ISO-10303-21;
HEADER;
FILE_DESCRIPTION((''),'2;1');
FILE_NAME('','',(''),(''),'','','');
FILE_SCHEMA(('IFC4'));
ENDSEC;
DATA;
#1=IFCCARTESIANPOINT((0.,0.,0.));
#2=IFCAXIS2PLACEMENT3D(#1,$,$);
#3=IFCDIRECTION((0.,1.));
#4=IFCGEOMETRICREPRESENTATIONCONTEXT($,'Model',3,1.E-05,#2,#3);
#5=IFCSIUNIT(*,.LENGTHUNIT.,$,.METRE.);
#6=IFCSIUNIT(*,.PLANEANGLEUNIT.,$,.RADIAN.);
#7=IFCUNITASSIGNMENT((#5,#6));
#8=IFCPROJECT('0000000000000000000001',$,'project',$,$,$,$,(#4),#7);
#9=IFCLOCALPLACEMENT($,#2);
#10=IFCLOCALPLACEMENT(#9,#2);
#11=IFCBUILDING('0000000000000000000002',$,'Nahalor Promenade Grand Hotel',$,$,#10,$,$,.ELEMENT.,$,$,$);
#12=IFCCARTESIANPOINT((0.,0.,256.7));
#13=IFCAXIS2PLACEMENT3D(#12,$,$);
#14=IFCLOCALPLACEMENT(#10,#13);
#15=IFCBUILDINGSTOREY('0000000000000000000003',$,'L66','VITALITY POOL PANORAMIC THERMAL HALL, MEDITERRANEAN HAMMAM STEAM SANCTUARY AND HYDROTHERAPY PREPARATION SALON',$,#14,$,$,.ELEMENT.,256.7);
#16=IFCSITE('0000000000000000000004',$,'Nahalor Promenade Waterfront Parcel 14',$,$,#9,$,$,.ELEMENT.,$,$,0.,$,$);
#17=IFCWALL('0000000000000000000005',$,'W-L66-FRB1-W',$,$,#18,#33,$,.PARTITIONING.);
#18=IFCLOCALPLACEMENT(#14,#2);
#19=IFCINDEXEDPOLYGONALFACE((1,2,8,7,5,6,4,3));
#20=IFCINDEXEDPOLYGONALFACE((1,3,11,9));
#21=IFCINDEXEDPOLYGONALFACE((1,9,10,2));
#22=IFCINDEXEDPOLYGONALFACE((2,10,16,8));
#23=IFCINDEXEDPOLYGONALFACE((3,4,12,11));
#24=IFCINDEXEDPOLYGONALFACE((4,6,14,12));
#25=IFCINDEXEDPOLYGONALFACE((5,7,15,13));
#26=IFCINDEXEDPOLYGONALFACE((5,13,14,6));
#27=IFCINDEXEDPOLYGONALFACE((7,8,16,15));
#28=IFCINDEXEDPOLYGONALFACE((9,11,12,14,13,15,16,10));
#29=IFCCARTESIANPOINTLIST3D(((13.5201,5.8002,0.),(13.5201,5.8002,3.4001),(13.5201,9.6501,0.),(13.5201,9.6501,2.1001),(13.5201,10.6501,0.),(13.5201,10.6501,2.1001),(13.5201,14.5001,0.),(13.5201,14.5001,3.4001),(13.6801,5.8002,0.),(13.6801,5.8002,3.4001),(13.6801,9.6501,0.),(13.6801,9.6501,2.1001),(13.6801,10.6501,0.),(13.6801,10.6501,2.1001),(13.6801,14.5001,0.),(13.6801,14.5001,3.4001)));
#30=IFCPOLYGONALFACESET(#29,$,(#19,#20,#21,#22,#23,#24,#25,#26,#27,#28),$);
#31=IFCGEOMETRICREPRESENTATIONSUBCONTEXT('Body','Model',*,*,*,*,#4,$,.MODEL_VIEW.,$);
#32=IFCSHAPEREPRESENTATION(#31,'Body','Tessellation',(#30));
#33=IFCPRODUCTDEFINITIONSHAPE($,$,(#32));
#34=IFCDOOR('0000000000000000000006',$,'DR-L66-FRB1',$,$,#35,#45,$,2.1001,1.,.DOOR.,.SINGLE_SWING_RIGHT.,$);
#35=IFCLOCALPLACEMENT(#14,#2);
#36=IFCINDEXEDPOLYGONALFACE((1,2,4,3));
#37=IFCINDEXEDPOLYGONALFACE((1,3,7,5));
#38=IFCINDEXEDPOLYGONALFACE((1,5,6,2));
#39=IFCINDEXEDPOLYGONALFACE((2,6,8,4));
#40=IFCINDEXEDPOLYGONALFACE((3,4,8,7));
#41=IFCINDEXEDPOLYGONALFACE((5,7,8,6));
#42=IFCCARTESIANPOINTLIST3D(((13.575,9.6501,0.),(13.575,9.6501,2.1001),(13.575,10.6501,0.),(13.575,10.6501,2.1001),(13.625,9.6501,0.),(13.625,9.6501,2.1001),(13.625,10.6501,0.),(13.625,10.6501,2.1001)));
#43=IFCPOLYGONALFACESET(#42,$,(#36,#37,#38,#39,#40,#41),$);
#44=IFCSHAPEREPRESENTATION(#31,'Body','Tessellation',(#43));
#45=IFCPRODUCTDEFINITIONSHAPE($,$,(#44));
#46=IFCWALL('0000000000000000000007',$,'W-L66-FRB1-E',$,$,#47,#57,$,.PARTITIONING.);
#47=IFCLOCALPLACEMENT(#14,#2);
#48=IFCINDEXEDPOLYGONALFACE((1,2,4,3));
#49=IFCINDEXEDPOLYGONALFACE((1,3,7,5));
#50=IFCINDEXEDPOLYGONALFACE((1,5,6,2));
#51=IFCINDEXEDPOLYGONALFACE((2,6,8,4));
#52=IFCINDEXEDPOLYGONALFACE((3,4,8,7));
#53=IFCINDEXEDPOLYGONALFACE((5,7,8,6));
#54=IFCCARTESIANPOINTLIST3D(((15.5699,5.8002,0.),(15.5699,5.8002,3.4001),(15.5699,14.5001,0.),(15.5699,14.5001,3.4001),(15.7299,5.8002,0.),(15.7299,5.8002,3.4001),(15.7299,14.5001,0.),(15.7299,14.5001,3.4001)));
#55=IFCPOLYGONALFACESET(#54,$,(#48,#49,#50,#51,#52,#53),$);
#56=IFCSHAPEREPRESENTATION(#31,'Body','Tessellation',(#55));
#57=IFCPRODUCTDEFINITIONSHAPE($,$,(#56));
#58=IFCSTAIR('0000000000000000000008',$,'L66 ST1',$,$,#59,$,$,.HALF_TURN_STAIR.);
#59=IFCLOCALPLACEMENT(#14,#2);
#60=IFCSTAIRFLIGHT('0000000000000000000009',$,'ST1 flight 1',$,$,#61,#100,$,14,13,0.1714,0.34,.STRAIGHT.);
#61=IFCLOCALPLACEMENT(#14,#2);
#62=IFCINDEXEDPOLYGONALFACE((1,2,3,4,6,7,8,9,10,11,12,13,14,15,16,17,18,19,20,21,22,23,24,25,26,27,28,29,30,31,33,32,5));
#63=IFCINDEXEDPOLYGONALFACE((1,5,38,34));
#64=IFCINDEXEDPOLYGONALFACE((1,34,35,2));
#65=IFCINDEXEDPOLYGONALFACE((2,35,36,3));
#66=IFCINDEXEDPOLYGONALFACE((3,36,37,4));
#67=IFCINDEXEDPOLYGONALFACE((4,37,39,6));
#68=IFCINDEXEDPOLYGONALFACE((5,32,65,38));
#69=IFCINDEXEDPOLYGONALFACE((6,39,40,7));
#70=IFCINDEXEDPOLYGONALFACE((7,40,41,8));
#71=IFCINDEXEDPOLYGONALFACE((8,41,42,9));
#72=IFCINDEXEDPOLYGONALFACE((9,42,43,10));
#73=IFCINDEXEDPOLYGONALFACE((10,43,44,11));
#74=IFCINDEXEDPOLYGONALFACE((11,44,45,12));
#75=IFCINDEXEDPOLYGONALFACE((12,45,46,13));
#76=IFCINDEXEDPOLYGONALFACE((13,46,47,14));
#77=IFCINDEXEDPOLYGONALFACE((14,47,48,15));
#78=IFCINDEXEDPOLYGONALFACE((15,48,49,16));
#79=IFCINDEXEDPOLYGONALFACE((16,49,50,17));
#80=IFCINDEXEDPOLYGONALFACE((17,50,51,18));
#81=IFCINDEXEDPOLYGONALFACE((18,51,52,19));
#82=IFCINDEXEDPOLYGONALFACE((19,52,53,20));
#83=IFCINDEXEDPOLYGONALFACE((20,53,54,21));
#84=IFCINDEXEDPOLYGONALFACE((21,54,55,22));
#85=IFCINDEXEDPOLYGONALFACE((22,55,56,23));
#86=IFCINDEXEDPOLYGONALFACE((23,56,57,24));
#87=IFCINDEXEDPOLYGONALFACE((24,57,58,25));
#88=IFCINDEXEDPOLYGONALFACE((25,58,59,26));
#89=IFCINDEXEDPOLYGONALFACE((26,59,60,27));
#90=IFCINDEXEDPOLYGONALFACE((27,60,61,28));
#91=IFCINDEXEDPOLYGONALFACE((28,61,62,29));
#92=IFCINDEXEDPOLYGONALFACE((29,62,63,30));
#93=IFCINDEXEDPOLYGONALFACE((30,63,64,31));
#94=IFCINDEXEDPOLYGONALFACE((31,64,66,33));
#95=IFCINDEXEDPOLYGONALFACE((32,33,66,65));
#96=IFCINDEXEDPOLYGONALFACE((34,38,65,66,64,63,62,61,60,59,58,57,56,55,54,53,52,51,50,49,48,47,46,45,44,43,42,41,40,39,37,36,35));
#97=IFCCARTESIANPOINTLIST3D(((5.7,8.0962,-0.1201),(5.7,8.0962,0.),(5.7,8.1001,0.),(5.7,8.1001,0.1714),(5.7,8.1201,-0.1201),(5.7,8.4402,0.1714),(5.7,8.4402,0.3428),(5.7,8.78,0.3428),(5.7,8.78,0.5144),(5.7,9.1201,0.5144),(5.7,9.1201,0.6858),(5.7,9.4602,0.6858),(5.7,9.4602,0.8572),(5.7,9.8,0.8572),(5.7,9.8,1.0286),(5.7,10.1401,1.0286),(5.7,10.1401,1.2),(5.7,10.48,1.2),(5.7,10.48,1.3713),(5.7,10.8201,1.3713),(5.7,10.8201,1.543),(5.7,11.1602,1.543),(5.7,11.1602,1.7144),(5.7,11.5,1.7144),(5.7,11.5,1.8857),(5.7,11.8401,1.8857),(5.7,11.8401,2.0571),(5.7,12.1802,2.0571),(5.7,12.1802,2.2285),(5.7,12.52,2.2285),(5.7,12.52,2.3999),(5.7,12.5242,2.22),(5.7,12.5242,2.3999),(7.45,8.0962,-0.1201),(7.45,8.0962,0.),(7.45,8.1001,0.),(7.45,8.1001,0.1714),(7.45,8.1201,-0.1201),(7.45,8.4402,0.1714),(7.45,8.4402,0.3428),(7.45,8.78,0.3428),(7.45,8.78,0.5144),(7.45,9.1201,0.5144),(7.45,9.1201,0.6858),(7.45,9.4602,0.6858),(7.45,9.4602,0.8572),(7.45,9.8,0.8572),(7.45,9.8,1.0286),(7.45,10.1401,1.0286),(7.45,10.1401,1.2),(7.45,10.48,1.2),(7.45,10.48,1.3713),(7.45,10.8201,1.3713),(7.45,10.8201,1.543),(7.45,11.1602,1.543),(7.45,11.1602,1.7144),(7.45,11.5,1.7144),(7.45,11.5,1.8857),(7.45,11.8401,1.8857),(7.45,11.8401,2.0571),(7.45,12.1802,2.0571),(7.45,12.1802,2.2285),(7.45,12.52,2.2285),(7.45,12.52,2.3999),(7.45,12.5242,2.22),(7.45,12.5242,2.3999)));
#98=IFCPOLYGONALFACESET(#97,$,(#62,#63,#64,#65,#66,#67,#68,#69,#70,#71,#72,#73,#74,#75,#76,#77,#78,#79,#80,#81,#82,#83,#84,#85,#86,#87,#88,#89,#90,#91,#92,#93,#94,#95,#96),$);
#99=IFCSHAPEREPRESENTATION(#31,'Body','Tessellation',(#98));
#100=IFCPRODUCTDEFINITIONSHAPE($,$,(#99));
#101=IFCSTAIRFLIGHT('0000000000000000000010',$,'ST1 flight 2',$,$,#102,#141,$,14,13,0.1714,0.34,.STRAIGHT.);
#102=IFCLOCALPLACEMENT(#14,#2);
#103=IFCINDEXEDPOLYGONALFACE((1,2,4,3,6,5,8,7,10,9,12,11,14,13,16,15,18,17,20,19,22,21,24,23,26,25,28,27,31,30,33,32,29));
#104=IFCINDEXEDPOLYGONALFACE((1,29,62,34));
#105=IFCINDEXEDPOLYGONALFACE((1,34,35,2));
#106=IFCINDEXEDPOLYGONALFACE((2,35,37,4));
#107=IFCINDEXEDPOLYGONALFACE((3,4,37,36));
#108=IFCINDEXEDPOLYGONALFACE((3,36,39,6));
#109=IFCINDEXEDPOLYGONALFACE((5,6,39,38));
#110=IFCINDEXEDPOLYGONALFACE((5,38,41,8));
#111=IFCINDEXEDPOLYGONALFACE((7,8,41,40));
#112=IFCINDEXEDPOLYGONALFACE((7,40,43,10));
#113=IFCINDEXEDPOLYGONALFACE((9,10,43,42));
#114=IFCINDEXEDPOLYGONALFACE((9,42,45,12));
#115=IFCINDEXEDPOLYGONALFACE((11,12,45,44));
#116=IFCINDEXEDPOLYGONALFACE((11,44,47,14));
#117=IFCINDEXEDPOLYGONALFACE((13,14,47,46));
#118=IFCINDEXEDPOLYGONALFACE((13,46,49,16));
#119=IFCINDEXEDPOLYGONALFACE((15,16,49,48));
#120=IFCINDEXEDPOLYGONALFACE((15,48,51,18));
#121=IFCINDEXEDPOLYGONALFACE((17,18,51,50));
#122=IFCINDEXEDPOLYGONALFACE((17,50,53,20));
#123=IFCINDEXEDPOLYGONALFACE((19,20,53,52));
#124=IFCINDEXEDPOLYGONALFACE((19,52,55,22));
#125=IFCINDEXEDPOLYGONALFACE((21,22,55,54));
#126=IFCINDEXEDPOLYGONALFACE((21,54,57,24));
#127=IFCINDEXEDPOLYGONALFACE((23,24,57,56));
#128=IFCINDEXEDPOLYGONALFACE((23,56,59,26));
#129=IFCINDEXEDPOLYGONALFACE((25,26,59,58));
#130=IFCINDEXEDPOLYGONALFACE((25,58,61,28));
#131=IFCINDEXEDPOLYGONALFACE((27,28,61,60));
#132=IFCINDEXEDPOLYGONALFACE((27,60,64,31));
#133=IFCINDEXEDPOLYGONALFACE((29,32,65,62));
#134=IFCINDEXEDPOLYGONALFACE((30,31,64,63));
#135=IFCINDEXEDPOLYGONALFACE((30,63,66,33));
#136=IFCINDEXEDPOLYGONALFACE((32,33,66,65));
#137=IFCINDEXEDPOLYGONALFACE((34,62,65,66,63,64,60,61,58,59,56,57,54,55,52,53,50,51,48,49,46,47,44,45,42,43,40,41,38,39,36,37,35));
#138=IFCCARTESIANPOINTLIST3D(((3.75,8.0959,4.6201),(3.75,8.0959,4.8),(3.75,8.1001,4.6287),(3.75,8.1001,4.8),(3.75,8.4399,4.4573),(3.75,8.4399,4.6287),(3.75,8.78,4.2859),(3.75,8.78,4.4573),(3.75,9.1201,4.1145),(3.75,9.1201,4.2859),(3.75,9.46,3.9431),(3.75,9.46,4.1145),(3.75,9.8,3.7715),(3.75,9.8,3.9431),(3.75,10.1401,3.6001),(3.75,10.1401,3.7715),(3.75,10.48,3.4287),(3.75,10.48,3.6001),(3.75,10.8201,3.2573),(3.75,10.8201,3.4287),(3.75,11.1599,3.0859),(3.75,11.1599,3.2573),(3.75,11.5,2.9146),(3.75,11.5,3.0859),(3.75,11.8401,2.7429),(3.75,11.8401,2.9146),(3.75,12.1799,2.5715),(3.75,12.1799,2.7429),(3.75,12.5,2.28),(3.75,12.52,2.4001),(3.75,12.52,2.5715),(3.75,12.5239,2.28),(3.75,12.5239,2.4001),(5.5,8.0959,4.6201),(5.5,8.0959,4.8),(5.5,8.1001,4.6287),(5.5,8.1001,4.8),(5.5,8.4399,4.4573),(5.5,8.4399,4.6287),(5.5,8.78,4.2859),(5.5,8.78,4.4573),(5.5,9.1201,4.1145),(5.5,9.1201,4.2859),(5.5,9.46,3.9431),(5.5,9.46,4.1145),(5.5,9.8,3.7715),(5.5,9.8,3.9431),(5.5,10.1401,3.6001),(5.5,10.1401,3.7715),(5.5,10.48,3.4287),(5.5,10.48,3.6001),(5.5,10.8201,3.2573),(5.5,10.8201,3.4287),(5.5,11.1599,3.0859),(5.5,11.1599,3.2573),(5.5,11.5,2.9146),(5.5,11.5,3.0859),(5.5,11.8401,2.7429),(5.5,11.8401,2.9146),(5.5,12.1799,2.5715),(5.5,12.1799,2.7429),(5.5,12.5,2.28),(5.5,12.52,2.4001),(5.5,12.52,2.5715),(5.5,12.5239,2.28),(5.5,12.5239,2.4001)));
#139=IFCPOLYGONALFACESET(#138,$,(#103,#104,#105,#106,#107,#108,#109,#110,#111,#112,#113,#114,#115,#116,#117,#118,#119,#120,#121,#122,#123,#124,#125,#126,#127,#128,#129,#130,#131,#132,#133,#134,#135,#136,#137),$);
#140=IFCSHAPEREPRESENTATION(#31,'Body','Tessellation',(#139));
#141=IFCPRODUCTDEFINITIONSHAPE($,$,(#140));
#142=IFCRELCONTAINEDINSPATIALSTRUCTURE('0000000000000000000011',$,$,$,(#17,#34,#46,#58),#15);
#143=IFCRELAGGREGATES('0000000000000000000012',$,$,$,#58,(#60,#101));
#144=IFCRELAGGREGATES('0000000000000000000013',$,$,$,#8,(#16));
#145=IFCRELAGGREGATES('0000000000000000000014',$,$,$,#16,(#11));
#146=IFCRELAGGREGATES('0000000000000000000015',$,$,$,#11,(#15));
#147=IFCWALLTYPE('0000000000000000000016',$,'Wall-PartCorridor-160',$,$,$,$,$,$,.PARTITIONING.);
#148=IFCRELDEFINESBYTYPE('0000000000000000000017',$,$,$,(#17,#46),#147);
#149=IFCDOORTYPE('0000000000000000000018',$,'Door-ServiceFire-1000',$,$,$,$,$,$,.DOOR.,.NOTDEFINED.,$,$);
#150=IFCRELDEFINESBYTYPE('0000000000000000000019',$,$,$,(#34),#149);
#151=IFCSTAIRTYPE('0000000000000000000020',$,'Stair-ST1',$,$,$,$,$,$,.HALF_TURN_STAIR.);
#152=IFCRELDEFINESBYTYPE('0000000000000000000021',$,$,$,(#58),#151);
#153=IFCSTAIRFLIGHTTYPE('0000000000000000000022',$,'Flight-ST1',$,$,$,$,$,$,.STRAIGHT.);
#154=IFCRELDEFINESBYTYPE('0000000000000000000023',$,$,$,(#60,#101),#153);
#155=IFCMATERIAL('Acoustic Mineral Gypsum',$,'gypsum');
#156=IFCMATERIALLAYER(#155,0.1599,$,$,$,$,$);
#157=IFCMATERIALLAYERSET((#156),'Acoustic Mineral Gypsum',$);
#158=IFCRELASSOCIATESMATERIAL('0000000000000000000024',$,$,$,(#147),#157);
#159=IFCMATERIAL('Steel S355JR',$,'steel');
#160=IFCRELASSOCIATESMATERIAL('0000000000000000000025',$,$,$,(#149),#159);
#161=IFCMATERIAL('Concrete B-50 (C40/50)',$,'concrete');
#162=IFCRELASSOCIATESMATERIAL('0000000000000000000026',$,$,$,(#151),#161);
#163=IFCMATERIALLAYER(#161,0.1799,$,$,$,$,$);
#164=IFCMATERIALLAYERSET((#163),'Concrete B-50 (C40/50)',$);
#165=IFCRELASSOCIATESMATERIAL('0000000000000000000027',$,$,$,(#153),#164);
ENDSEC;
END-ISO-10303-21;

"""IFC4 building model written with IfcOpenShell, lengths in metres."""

from ifc_helpers import new_model, si_unit, direction, frame, frame_2d, origin, place, context, subcontext, project, spatial, polyline, rectangle, outline, extrude, source, transform, mapped, material, layer, layer_set, type_object, element, fill, aggregate, save


model = new_model("IFC4")

# Units and contexts
model_context = context("Model", 3, precision=1e-05, world=origin(), true_north=direction((0.0, 1.0)))
body_context = subcontext(model_context, "Body", "Model", "MODEL_VIEW")
ifc_project = project(units=[si_unit("LENGTHUNIT", "METRE"), si_unit("PLANEANGLEUNIT", "RADIAN")], contexts=[model_context])

# Site, building, storey
site_placement = place(None, origin())
site = spatial("IfcSite", under=ifc_project, at=site_placement, Name="Nahalor Promenade Waterfront Parcel 14", CompositionType="ELEMENT", RefElevation=0.0)
building_placement = place(site_placement, origin())
building = spatial("IfcBuilding", under=site, at=building_placement, Name="Nahalor Promenade Grand Hotel", CompositionType="ELEMENT")
storey_placement = place(building_placement, frame((0.0, 0.0, 256.7)))
storey = spatial("IfcBuildingStorey", under=building, at=storey_placement, Name="L66", Description="VITALITY POOL PANORAMIC THERMAL HALL, MEDITERRANEAN HAMMAM STEAM SANCTUARY AND HYDROTHERAPY PREPARATION SALON", CompositionType="ELEMENT", Elevation=256.7)

# Shared definitions
ifc_material_1 = material(Name="Steel S355JR", Category="steel")

# Shared definitions
ifc_material_2 = material(Name="Concrete B-50 (C40/50)", Category="concrete")

# Shared definitions
ifc_material_3 = material(Name="Acoustic Mineral Gypsum", Category="gypsum")
ifc_layer_1 = layer(ifc_material_3, 0.1599)
ifc_layer_set_1 = layer_set([ifc_layer_1], Name="Acoustic Mineral Gypsum")
wall_type_1 = type_object("IfcWallType", Name="Wall-PartCorridor-160", PredefinedType="PARTITIONING", material=ifc_layer_set_1)

# Wall, opening, door
shared_shape_1 = source(origin(), body_context, "Body", "SweptSolid", [
    extrude(rectangle(XDim=8.7, YDim=0.1599, at=frame_2d((4.3501, 0.0))), origin(), (0.0, 0.0, 1.0), 3.4001),
])
wall_1_placement = place(storey_placement, frame((13.6001, 5.8, 0.0), z_axis=(0.0, 0.0, 1.0), x_axis=(0.0, 1.0, 0.0)))
wall_1 = element("IfcWall", 1, at=wall_1_placement, inside=storey, type_object=wall_type_1, Name="W-L66-FRB1-W", PredefinedType="PARTITIONING", context=body_context, shape_type="MappedRepresentation", body=[
    mapped(shared_shape_1, transform((0.0, 0.0, 0.0), scale=1.0)),
])
opening_1_placement = place(wall_1_placement, frame((3.8501, 0.0, 0.0)))
opening_1 = element("IfcOpeningElement", 2, at=opening_1_placement, cuts=wall_1, PredefinedType="OPENING", context=body_context, shape_type="SweptSolid", body=[
    extrude(rectangle(XDim=1.0, YDim=2.1001, at=frame_2d((0.5, 1.05))), frame((0.0, 0.0898, 0.0), z_axis=(0.0, -1.0, 0.0), x_axis=(1.0, 0.0, 0.0)), (0.0, 0.0, 1.0), 0.1799),
])
door_type_1 = type_object("IfcDoorType", Name="Door-ServiceFire-1000", OperationType="NOTDEFINED", PredefinedType="DOOR", material=ifc_material_1)
shared_shape_2 = source(origin(), body_context, "Body", "SweptSolid", [
    extrude(rectangle(XDim=1.0, YDim=2.1001, at=frame_2d((0.5, 1.05))), frame((0.0, 0.0249, 0.0), z_axis=(0.0, -1.0, 0.0), x_axis=(1.0, 0.0, 0.0)), (0.0, 0.0, 1.0), 0.05),
])
door_1_placement = place(opening_1_placement, frame((1.0, 0.0, 0.0), z_axis=(0.0, 0.0, 1.0), x_axis=(-1.0, 0.0, 0.0)))
door_1 = element("IfcDoor", 3, at=door_1_placement, inside=storey, type_object=door_type_1, Name="DR-L66-FRB1", OperationType="SINGLE_SWING_RIGHT", OverallHeight=2.1001, OverallWidth=1.0, PredefinedType="DOOR", context=body_context, shape_type="MappedRepresentation", body=[
    mapped(shared_shape_2, transform((0.0, 0.0, 0.0), scale=1.0)),
])
fill(opening_1, door_1)

# Wall
wall_2_placement = place(storey_placement, frame((15.6499, 5.8, 0.0), z_axis=(0.0, 0.0, 1.0), x_axis=(0.0, 1.0, 0.0)))
element("IfcWall", 4, at=wall_2_placement, inside=storey, type_object=wall_type_1, Name="W-L66-FRB1-E", PredefinedType="PARTITIONING", context=body_context, shape_type="MappedRepresentation", body=[
    mapped(shared_shape_1, transform((0.0, 0.0, 0.0), scale=1.0)),
])

# Stair, stair flights
stair_type = type_object("IfcStairType", Name="Stair-ST1", PredefinedType="HALF_TURN_STAIR", material=ifc_material_2)
stair_placement = place(storey_placement, origin())
stair = element("IfcStair", 5, at=stair_placement, inside=storey, type_object=stair_type, Name="L66 ST1", PredefinedType="HALF_TURN_STAIR")
ifc_layer_2 = layer(ifc_material_2, 0.1799)
ifc_layer_set_2 = layer_set([ifc_layer_2], Name="Concrete B-50 (C40/50)")
stair_flight_type = type_object("IfcStairFlightType", Name="Flight-ST1", PredefinedType="STRAIGHT", material=ifc_layer_set_2)
shared_shape_3 = source(origin(), body_context, "Body", "SweptSolid", [
    extrude(outline(polyline([(-0.0039, -0.1201), (-0.0039, 0.0), (0.0, 0.0), (0.0, 0.1714), (0.3401, 0.1714), (0.3401, 0.3428), (0.6799, 0.3428), (0.6799, 0.5144), (1.02, 0.5144), (1.02, 0.6858), (1.3601, 0.6858), (1.3601, 0.8572), (1.7, 0.8572), (1.7, 1.0286), (2.04, 1.0286), (2.04, 1.2), (2.3799, 1.2), (2.3799, 1.3713), (2.72, 1.3713), (2.72, 1.543), (3.0601, 1.543), (3.0601, 1.7144), (3.3999, 1.7144), (3.3999, 1.8857), (3.74, 1.8857), (3.74, 2.0571), (4.0801, 2.0571), (4.0801, 2.2285), (4.4199, 2.2285), (4.4199, 2.3999), (4.4241, 2.3999), (4.4241, 2.22), (0.02, -0.1201), (-0.0039, -0.1201)])), frame((0.0, 0.875, 0.0), z_axis=(0.0, -1.0, 0.0), x_axis=(1.0, 0.0, 0.0)), (0.0, 0.0, 1.0), 1.75),
])
stair_flight_1_placement = place(storey_placement, frame((6.575, 8.1001, 0.0), z_axis=(0.0, 0.0, 1.0), x_axis=(0.0, 1.0, 0.0)))
stair_flight_1 = element("IfcStairFlight", 6, at=stair_flight_1_placement, type_object=stair_flight_type, Name="ST1 flight 1", NumberOfRisers=14, NumberOfTreads=13, PredefinedType="STRAIGHT", RiserHeight=0.1714, TreadLength=0.34, context=body_context, shape_type="MappedRepresentation", body=[
    mapped(shared_shape_3, transform((0.0, 0.0, 0.0), scale=1.0)),
])
stair_flight_2_placement = place(storey_placement, frame((4.625, 12.52, 2.4001), z_axis=(0.0, 0.0, 1.0), x_axis=(0.0, -1.0, 0.0)))
stair_flight_2 = element("IfcStairFlight", 7, at=stair_flight_2_placement, type_object=stair_flight_type, Name="ST1 flight 2", NumberOfRisers=14, NumberOfTreads=13, PredefinedType="STRAIGHT", RiserHeight=0.1714, TreadLength=0.34, context=body_context, shape_type="MappedRepresentation", body=[
    mapped(shared_shape_3, transform((0.0, 0.0, 0.0), scale=1.0)),
])
aggregate(stair, [stair_flight_1, stair_flight_2])

save(model, "model.ifc")
